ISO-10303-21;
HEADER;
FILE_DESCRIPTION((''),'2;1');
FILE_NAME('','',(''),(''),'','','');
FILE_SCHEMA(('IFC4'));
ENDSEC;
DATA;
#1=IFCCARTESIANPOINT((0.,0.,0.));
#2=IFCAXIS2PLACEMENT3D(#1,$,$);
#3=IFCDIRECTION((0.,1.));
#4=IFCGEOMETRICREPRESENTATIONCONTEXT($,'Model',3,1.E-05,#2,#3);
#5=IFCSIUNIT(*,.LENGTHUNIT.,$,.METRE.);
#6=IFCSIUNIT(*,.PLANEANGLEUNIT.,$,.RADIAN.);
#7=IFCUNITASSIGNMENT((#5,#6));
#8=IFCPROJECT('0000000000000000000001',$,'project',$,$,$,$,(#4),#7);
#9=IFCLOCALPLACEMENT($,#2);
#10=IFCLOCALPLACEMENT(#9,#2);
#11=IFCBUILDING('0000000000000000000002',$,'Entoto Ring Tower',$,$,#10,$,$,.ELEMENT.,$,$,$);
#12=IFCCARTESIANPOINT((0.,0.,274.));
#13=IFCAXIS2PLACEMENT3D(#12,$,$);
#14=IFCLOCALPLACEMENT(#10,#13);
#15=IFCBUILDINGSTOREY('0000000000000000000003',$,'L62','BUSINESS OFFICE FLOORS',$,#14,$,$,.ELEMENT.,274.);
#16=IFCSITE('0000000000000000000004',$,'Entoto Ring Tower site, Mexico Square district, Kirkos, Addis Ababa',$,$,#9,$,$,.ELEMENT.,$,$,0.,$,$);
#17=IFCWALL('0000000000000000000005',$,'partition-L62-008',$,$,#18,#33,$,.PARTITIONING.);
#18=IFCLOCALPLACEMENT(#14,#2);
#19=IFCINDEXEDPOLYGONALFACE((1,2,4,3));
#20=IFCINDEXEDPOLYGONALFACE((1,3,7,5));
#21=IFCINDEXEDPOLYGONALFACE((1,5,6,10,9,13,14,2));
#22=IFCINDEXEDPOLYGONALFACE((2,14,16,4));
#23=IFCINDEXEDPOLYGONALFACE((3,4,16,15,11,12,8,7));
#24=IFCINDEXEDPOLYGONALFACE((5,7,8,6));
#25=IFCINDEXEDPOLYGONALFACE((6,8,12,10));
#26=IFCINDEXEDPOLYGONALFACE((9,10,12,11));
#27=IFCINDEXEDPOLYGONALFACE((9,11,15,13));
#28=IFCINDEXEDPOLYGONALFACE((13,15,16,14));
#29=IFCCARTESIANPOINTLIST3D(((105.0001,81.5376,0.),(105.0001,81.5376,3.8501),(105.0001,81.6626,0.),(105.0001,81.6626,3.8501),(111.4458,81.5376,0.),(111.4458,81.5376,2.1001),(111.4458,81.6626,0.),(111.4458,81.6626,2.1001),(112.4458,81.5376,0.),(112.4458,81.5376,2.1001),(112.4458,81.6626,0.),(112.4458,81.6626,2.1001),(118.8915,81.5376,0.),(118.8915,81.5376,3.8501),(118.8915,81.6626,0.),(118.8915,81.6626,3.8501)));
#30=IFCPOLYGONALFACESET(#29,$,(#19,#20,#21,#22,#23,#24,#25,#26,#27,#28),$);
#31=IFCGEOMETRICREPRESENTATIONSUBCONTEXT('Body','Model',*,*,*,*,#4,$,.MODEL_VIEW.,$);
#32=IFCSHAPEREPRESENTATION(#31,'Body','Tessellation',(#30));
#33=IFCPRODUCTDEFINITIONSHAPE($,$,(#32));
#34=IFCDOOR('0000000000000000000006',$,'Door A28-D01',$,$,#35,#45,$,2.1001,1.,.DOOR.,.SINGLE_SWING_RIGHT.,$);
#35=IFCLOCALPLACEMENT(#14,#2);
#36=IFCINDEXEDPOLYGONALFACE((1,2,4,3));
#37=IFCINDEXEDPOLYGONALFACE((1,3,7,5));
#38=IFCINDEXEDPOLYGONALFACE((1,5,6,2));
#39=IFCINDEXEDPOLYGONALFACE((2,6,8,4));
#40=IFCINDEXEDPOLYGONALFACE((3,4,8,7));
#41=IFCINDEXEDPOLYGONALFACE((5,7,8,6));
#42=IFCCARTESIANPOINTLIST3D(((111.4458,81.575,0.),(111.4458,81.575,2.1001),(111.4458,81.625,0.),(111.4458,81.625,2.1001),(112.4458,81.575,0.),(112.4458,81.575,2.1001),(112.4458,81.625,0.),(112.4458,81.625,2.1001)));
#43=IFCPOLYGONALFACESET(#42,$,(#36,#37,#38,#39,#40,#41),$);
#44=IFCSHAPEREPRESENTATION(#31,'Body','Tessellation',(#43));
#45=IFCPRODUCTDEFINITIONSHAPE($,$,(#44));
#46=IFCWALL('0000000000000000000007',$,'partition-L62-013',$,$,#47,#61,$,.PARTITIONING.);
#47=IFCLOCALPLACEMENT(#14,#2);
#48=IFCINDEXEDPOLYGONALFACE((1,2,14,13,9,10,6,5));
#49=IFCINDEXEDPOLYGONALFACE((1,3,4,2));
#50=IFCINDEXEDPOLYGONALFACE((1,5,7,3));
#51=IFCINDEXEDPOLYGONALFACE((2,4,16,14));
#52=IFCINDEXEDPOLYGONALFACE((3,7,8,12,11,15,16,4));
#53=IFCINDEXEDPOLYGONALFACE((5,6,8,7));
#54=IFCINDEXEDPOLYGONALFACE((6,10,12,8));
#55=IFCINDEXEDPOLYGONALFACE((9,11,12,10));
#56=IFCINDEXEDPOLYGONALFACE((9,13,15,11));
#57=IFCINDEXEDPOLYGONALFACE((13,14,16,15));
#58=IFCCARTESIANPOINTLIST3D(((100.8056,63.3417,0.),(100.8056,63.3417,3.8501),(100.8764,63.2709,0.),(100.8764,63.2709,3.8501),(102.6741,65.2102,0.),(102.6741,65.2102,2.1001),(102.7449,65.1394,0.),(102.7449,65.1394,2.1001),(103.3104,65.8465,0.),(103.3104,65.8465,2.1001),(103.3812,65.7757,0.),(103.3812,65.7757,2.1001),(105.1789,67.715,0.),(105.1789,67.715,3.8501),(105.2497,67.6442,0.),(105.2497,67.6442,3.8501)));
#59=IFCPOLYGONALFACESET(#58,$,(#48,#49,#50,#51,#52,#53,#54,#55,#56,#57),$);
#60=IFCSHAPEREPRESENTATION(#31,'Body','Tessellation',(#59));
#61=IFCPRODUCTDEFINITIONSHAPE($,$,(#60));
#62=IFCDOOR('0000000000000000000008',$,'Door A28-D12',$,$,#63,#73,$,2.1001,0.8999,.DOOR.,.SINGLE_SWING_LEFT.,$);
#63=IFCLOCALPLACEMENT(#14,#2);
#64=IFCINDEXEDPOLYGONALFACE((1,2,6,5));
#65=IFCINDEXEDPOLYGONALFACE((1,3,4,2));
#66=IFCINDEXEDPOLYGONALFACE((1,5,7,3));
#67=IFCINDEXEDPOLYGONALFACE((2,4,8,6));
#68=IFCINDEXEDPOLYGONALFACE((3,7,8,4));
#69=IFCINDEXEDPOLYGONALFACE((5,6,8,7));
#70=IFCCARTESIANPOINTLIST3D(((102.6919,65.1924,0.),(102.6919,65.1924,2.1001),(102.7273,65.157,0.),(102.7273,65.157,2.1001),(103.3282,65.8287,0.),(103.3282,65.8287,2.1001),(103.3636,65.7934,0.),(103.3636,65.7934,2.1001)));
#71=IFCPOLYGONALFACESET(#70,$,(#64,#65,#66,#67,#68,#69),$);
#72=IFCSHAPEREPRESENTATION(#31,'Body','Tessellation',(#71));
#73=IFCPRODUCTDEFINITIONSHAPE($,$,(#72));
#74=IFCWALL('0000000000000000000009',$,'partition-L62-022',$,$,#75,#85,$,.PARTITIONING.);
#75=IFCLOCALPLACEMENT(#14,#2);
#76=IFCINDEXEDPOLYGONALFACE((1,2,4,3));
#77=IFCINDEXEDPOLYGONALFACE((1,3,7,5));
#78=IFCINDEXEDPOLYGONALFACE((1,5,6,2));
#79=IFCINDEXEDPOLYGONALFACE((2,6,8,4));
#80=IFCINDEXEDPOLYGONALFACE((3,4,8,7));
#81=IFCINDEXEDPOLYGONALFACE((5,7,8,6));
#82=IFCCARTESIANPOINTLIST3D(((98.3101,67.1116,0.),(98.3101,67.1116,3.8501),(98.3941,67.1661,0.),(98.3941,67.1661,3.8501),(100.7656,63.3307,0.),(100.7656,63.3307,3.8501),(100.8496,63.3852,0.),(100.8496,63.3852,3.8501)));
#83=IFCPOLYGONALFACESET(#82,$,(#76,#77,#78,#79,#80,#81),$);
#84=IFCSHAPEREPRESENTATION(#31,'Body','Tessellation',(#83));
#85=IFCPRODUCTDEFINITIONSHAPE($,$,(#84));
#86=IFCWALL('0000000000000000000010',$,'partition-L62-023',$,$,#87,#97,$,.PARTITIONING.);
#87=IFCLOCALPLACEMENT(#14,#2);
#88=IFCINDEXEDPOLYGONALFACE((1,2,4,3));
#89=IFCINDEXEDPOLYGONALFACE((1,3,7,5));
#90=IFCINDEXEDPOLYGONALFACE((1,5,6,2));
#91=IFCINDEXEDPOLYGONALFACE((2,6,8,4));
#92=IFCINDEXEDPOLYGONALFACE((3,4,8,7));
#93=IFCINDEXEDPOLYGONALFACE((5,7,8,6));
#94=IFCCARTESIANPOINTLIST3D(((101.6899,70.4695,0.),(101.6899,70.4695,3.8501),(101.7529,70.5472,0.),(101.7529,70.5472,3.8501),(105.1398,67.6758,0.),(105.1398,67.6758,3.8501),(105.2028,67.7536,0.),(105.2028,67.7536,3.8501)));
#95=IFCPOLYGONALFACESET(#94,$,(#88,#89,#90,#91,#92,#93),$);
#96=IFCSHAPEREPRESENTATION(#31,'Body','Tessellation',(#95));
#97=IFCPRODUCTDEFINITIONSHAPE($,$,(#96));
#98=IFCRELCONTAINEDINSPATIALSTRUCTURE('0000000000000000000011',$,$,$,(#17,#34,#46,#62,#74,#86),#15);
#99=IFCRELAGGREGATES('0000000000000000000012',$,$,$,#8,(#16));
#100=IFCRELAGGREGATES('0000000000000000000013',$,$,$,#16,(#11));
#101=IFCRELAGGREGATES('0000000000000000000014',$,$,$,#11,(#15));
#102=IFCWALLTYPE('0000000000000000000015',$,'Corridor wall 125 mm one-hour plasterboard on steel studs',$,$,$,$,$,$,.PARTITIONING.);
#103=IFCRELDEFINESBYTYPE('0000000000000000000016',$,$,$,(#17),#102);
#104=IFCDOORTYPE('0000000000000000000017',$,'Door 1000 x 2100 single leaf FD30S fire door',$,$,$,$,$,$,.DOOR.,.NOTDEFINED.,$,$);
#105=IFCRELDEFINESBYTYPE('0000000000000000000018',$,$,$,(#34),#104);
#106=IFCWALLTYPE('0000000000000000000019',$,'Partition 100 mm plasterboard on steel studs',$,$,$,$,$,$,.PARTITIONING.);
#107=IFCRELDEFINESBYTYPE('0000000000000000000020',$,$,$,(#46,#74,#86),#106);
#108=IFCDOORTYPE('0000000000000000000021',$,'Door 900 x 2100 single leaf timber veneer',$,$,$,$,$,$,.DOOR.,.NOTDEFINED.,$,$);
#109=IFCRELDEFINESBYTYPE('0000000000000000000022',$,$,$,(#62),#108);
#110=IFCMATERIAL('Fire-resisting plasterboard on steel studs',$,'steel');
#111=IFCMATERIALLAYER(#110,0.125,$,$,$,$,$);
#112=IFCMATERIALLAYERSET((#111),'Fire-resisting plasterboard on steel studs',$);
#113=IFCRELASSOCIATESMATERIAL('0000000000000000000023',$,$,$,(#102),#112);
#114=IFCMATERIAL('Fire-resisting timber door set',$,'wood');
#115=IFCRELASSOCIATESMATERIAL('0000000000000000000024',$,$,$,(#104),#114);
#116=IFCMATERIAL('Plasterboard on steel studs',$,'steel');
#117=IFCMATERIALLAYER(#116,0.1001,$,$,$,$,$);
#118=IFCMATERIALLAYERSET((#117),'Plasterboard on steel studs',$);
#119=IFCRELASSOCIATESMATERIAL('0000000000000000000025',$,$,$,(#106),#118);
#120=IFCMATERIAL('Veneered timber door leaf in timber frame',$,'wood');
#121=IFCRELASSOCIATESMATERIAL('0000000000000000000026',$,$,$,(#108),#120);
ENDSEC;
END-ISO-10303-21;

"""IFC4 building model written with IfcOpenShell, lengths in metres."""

from ifc_helpers import new_model, si_unit, direction, frame, frame_2d, origin, place, context, subcontext, project, spatial, rectangle, extrude, material, layer, layer_set, type_object, element, fill, save


model = new_model("IFC4")

# Units and contexts
model_context = context("Model", 3, precision=1e-05, world=origin(), true_north=direction((0.0, 1.0)))
body_context = subcontext(model_context, "Body", "Model", "MODEL_VIEW")
ifc_project = project(units=[si_unit("LENGTHUNIT", "METRE"), si_unit("PLANEANGLEUNIT", "RADIAN")], contexts=[model_context])

# Site, building, storey
site_placement = place(None, origin())
site = spatial("IfcSite", under=ifc_project, at=site_placement, Name="Entoto Ring Tower site, Mexico Square district, Kirkos, Addis Ababa", CompositionType="ELEMENT", RefElevation=0.0)
building_placement = place(site_placement, origin())
building = spatial("IfcBuilding", under=site, at=building_placement, Name="Entoto Ring Tower", CompositionType="ELEMENT")
storey_placement = place(building_placement, frame((0.0, 0.0, 274.0)))
storey = spatial("IfcBuildingStorey", under=building, at=storey_placement, Name="L62", Description="BUSINESS OFFICE FLOORS", CompositionType="ELEMENT", Elevation=274.0)

# Walls, openings, doors
ifc_material_1 = material(Name="Fire-resisting plasterboard on steel studs", Category="steel")
ifc_layer_1 = layer(ifc_material_1, 0.125)
ifc_layer_set_1 = layer_set([ifc_layer_1], Name="Fire-resisting plasterboard on steel studs")
wall_type_1 = type_object("IfcWallType", Name="Corridor wall 125 mm one-hour plasterboard on steel studs", PredefinedType="PARTITIONING", material=ifc_layer_set_1)
wall_1_placement = place(storey_placement, frame((105.0, 81.6001, 0.0), z_axis=(0.0, 0.0, 1.0), x_axis=(1.0, 0.0, 0.0)))
wall_1 = element("IfcWall", 1, at=wall_1_placement, inside=storey, type_object=wall_type_1, Name="partition-L62-008", PredefinedType="PARTITIONING", context=body_context, shape_type="SweptSolid", body=[
    extrude(rectangle(XDim=13.8914, YDim=0.125, at=frame_2d((6.9458, 0.0))), origin(), (0.0, 0.0, 1.0), 3.8501),
])
opening_1_placement = place(wall_1_placement, frame((6.4458, 0.0, 0.0)))
opening_1 = element("IfcOpeningElement", 2, at=opening_1_placement, cuts=wall_1, PredefinedType="OPENING", context=body_context, shape_type="SweptSolid", body=[
    extrude(rectangle(XDim=1.0, YDim=2.1001, at=frame_2d((0.5, 1.05))), frame((0.0, 0.0725, 0.0), z_axis=(0.0, -1.0, 0.0), x_axis=(1.0, 0.0, 0.0)), (0.0, 0.0, 1.0), 0.145),
])
ifc_material_2 = material(Name="Fire-resisting timber door set", Category="wood")
door_type_1 = type_object("IfcDoorType", Name="Door 1000 x 2100 single leaf FD30S fire door", OperationType="NOTDEFINED", PredefinedType="DOOR", material=ifc_material_2)
door_1_placement = place(opening_1_placement, origin())
door_1 = element("IfcDoor", 3, at=door_1_placement, inside=storey, type_object=door_type_1, Name="Door A28-D01", OperationType="SINGLE_SWING_RIGHT", OverallHeight=2.1001, OverallWidth=1.0, PredefinedType="DOOR", context=body_context, shape_type="SweptSolid", body=[
    extrude(rectangle(XDim=1.0, YDim=2.1001, at=frame_2d((0.5, 1.05))), frame((0.0, 0.0249, 0.0), z_axis=(0.0, -1.0, 0.0), x_axis=(1.0, 0.0, 0.0)), (0.0, 0.0, 1.0), 0.05),
])
fill(opening_1, door_1)
ifc_material_3 = material(Name="Plasterboard on steel studs", Category="steel")
ifc_layer_2 = layer(ifc_material_3, 0.1001)
ifc_layer_set_2 = layer_set([ifc_layer_2], Name="Plasterboard on steel studs")
wall_type_2 = type_object("IfcWallType", Name="Partition 100 mm plasterboard on steel studs", PredefinedType="PARTITIONING", material=ifc_layer_set_2)
wall_2_placement = place(storey_placement, frame((100.8411, 63.3064, 0.0), z_axis=(0.0, 0.0, 1.0), x_axis=(0.707107, 0.707107, 0.0)))
wall_2 = element("IfcWall", 4, at=wall_2_placement, inside=storey, type_object=wall_type_2, Name="partition-L62-013", PredefinedType="PARTITIONING", context=body_context, shape_type="SweptSolid", body=[
    extrude(rectangle(XDim=6.1848, YDim=0.1001, at=frame_2d((3.0923, 0.0))), origin(), (0.0, 0.0, 1.0), 3.8501),
])
opening_2_placement = place(wall_2_placement, frame((2.6423, 0.0, 0.0)))
opening_2 = element("IfcOpeningElement", 5, at=opening_2_placement, cuts=wall_2, PredefinedType="OPENING", context=body_context, shape_type="SweptSolid", body=[
    extrude(rectangle(XDim=0.8999, YDim=2.1001, at=frame_2d((0.45, 1.05))), frame((0.0, 0.0601, 0.0), z_axis=(0.0, -1.0, 0.0), x_axis=(1.0, 0.0, 0.0)), (0.0, 0.0, 1.0), 0.1201),
])
ifc_material_4 = material(Name="Veneered timber door leaf in timber frame", Category="wood")
door_type_2 = type_object("IfcDoorType", Name="Door 900 x 2100 single leaf timber veneer", OperationType="NOTDEFINED", PredefinedType="DOOR", material=ifc_material_4)
door_2_placement = place(opening_2_placement, origin())
door_2 = element("IfcDoor", 6, at=door_2_placement, inside=storey, type_object=door_type_2, Name="Door A28-D12", OperationType="SINGLE_SWING_LEFT", OverallHeight=2.1001, OverallWidth=0.8999, PredefinedType="DOOR", context=body_context, shape_type="SweptSolid", body=[
    extrude(rectangle(XDim=0.8999, YDim=2.1001, at=frame_2d((0.45, 1.05))), frame((0.0, 0.0249, 0.0), z_axis=(0.0, -1.0, 0.0), x_axis=(1.0, 0.0, 0.0)), (0.0, 0.0, 1.0), 0.05),
])
fill(opening_2, door_2)

# Walls
wall_3_placement = place(storey_placement, frame((100.8076, 63.3579, 0.0), z_axis=(0.0, 0.0, 1.0), x_axis=(-0.544663, 0.838655, 0.0)))
element("IfcWall", 7, at=wall_3_placement, inside=storey, type_object=wall_type_2, Name="partition-L62-022", PredefinedType="PARTITIONING", context=body_context, shape_type="SweptSolid", body=[
    extrude(rectangle(XDim=4.5083, YDim=0.1001, at=frame_2d((2.2542, 0.0))), origin(), (0.0, 0.0, 1.0), 3.8501),
])
wall_4_placement = place(storey_placement, frame((105.1714, 67.7146, 0.0), z_axis=(0.0, 0.0, 1.0), x_axis=(-0.777148, 0.629318, 0.0)))
element("IfcWall", 8, at=wall_4_placement, inside=storey, type_object=wall_type_2, Name="partition-L62-023", PredefinedType="PARTITIONING", context=body_context, shape_type="SweptSolid", body=[
    extrude(rectangle(XDim=4.4392, YDim=0.1001, at=frame_2d((2.2197, 0.0))), origin(), (0.0, 0.0, 1.0), 3.8501),
])

save(model, "model.ifc")
